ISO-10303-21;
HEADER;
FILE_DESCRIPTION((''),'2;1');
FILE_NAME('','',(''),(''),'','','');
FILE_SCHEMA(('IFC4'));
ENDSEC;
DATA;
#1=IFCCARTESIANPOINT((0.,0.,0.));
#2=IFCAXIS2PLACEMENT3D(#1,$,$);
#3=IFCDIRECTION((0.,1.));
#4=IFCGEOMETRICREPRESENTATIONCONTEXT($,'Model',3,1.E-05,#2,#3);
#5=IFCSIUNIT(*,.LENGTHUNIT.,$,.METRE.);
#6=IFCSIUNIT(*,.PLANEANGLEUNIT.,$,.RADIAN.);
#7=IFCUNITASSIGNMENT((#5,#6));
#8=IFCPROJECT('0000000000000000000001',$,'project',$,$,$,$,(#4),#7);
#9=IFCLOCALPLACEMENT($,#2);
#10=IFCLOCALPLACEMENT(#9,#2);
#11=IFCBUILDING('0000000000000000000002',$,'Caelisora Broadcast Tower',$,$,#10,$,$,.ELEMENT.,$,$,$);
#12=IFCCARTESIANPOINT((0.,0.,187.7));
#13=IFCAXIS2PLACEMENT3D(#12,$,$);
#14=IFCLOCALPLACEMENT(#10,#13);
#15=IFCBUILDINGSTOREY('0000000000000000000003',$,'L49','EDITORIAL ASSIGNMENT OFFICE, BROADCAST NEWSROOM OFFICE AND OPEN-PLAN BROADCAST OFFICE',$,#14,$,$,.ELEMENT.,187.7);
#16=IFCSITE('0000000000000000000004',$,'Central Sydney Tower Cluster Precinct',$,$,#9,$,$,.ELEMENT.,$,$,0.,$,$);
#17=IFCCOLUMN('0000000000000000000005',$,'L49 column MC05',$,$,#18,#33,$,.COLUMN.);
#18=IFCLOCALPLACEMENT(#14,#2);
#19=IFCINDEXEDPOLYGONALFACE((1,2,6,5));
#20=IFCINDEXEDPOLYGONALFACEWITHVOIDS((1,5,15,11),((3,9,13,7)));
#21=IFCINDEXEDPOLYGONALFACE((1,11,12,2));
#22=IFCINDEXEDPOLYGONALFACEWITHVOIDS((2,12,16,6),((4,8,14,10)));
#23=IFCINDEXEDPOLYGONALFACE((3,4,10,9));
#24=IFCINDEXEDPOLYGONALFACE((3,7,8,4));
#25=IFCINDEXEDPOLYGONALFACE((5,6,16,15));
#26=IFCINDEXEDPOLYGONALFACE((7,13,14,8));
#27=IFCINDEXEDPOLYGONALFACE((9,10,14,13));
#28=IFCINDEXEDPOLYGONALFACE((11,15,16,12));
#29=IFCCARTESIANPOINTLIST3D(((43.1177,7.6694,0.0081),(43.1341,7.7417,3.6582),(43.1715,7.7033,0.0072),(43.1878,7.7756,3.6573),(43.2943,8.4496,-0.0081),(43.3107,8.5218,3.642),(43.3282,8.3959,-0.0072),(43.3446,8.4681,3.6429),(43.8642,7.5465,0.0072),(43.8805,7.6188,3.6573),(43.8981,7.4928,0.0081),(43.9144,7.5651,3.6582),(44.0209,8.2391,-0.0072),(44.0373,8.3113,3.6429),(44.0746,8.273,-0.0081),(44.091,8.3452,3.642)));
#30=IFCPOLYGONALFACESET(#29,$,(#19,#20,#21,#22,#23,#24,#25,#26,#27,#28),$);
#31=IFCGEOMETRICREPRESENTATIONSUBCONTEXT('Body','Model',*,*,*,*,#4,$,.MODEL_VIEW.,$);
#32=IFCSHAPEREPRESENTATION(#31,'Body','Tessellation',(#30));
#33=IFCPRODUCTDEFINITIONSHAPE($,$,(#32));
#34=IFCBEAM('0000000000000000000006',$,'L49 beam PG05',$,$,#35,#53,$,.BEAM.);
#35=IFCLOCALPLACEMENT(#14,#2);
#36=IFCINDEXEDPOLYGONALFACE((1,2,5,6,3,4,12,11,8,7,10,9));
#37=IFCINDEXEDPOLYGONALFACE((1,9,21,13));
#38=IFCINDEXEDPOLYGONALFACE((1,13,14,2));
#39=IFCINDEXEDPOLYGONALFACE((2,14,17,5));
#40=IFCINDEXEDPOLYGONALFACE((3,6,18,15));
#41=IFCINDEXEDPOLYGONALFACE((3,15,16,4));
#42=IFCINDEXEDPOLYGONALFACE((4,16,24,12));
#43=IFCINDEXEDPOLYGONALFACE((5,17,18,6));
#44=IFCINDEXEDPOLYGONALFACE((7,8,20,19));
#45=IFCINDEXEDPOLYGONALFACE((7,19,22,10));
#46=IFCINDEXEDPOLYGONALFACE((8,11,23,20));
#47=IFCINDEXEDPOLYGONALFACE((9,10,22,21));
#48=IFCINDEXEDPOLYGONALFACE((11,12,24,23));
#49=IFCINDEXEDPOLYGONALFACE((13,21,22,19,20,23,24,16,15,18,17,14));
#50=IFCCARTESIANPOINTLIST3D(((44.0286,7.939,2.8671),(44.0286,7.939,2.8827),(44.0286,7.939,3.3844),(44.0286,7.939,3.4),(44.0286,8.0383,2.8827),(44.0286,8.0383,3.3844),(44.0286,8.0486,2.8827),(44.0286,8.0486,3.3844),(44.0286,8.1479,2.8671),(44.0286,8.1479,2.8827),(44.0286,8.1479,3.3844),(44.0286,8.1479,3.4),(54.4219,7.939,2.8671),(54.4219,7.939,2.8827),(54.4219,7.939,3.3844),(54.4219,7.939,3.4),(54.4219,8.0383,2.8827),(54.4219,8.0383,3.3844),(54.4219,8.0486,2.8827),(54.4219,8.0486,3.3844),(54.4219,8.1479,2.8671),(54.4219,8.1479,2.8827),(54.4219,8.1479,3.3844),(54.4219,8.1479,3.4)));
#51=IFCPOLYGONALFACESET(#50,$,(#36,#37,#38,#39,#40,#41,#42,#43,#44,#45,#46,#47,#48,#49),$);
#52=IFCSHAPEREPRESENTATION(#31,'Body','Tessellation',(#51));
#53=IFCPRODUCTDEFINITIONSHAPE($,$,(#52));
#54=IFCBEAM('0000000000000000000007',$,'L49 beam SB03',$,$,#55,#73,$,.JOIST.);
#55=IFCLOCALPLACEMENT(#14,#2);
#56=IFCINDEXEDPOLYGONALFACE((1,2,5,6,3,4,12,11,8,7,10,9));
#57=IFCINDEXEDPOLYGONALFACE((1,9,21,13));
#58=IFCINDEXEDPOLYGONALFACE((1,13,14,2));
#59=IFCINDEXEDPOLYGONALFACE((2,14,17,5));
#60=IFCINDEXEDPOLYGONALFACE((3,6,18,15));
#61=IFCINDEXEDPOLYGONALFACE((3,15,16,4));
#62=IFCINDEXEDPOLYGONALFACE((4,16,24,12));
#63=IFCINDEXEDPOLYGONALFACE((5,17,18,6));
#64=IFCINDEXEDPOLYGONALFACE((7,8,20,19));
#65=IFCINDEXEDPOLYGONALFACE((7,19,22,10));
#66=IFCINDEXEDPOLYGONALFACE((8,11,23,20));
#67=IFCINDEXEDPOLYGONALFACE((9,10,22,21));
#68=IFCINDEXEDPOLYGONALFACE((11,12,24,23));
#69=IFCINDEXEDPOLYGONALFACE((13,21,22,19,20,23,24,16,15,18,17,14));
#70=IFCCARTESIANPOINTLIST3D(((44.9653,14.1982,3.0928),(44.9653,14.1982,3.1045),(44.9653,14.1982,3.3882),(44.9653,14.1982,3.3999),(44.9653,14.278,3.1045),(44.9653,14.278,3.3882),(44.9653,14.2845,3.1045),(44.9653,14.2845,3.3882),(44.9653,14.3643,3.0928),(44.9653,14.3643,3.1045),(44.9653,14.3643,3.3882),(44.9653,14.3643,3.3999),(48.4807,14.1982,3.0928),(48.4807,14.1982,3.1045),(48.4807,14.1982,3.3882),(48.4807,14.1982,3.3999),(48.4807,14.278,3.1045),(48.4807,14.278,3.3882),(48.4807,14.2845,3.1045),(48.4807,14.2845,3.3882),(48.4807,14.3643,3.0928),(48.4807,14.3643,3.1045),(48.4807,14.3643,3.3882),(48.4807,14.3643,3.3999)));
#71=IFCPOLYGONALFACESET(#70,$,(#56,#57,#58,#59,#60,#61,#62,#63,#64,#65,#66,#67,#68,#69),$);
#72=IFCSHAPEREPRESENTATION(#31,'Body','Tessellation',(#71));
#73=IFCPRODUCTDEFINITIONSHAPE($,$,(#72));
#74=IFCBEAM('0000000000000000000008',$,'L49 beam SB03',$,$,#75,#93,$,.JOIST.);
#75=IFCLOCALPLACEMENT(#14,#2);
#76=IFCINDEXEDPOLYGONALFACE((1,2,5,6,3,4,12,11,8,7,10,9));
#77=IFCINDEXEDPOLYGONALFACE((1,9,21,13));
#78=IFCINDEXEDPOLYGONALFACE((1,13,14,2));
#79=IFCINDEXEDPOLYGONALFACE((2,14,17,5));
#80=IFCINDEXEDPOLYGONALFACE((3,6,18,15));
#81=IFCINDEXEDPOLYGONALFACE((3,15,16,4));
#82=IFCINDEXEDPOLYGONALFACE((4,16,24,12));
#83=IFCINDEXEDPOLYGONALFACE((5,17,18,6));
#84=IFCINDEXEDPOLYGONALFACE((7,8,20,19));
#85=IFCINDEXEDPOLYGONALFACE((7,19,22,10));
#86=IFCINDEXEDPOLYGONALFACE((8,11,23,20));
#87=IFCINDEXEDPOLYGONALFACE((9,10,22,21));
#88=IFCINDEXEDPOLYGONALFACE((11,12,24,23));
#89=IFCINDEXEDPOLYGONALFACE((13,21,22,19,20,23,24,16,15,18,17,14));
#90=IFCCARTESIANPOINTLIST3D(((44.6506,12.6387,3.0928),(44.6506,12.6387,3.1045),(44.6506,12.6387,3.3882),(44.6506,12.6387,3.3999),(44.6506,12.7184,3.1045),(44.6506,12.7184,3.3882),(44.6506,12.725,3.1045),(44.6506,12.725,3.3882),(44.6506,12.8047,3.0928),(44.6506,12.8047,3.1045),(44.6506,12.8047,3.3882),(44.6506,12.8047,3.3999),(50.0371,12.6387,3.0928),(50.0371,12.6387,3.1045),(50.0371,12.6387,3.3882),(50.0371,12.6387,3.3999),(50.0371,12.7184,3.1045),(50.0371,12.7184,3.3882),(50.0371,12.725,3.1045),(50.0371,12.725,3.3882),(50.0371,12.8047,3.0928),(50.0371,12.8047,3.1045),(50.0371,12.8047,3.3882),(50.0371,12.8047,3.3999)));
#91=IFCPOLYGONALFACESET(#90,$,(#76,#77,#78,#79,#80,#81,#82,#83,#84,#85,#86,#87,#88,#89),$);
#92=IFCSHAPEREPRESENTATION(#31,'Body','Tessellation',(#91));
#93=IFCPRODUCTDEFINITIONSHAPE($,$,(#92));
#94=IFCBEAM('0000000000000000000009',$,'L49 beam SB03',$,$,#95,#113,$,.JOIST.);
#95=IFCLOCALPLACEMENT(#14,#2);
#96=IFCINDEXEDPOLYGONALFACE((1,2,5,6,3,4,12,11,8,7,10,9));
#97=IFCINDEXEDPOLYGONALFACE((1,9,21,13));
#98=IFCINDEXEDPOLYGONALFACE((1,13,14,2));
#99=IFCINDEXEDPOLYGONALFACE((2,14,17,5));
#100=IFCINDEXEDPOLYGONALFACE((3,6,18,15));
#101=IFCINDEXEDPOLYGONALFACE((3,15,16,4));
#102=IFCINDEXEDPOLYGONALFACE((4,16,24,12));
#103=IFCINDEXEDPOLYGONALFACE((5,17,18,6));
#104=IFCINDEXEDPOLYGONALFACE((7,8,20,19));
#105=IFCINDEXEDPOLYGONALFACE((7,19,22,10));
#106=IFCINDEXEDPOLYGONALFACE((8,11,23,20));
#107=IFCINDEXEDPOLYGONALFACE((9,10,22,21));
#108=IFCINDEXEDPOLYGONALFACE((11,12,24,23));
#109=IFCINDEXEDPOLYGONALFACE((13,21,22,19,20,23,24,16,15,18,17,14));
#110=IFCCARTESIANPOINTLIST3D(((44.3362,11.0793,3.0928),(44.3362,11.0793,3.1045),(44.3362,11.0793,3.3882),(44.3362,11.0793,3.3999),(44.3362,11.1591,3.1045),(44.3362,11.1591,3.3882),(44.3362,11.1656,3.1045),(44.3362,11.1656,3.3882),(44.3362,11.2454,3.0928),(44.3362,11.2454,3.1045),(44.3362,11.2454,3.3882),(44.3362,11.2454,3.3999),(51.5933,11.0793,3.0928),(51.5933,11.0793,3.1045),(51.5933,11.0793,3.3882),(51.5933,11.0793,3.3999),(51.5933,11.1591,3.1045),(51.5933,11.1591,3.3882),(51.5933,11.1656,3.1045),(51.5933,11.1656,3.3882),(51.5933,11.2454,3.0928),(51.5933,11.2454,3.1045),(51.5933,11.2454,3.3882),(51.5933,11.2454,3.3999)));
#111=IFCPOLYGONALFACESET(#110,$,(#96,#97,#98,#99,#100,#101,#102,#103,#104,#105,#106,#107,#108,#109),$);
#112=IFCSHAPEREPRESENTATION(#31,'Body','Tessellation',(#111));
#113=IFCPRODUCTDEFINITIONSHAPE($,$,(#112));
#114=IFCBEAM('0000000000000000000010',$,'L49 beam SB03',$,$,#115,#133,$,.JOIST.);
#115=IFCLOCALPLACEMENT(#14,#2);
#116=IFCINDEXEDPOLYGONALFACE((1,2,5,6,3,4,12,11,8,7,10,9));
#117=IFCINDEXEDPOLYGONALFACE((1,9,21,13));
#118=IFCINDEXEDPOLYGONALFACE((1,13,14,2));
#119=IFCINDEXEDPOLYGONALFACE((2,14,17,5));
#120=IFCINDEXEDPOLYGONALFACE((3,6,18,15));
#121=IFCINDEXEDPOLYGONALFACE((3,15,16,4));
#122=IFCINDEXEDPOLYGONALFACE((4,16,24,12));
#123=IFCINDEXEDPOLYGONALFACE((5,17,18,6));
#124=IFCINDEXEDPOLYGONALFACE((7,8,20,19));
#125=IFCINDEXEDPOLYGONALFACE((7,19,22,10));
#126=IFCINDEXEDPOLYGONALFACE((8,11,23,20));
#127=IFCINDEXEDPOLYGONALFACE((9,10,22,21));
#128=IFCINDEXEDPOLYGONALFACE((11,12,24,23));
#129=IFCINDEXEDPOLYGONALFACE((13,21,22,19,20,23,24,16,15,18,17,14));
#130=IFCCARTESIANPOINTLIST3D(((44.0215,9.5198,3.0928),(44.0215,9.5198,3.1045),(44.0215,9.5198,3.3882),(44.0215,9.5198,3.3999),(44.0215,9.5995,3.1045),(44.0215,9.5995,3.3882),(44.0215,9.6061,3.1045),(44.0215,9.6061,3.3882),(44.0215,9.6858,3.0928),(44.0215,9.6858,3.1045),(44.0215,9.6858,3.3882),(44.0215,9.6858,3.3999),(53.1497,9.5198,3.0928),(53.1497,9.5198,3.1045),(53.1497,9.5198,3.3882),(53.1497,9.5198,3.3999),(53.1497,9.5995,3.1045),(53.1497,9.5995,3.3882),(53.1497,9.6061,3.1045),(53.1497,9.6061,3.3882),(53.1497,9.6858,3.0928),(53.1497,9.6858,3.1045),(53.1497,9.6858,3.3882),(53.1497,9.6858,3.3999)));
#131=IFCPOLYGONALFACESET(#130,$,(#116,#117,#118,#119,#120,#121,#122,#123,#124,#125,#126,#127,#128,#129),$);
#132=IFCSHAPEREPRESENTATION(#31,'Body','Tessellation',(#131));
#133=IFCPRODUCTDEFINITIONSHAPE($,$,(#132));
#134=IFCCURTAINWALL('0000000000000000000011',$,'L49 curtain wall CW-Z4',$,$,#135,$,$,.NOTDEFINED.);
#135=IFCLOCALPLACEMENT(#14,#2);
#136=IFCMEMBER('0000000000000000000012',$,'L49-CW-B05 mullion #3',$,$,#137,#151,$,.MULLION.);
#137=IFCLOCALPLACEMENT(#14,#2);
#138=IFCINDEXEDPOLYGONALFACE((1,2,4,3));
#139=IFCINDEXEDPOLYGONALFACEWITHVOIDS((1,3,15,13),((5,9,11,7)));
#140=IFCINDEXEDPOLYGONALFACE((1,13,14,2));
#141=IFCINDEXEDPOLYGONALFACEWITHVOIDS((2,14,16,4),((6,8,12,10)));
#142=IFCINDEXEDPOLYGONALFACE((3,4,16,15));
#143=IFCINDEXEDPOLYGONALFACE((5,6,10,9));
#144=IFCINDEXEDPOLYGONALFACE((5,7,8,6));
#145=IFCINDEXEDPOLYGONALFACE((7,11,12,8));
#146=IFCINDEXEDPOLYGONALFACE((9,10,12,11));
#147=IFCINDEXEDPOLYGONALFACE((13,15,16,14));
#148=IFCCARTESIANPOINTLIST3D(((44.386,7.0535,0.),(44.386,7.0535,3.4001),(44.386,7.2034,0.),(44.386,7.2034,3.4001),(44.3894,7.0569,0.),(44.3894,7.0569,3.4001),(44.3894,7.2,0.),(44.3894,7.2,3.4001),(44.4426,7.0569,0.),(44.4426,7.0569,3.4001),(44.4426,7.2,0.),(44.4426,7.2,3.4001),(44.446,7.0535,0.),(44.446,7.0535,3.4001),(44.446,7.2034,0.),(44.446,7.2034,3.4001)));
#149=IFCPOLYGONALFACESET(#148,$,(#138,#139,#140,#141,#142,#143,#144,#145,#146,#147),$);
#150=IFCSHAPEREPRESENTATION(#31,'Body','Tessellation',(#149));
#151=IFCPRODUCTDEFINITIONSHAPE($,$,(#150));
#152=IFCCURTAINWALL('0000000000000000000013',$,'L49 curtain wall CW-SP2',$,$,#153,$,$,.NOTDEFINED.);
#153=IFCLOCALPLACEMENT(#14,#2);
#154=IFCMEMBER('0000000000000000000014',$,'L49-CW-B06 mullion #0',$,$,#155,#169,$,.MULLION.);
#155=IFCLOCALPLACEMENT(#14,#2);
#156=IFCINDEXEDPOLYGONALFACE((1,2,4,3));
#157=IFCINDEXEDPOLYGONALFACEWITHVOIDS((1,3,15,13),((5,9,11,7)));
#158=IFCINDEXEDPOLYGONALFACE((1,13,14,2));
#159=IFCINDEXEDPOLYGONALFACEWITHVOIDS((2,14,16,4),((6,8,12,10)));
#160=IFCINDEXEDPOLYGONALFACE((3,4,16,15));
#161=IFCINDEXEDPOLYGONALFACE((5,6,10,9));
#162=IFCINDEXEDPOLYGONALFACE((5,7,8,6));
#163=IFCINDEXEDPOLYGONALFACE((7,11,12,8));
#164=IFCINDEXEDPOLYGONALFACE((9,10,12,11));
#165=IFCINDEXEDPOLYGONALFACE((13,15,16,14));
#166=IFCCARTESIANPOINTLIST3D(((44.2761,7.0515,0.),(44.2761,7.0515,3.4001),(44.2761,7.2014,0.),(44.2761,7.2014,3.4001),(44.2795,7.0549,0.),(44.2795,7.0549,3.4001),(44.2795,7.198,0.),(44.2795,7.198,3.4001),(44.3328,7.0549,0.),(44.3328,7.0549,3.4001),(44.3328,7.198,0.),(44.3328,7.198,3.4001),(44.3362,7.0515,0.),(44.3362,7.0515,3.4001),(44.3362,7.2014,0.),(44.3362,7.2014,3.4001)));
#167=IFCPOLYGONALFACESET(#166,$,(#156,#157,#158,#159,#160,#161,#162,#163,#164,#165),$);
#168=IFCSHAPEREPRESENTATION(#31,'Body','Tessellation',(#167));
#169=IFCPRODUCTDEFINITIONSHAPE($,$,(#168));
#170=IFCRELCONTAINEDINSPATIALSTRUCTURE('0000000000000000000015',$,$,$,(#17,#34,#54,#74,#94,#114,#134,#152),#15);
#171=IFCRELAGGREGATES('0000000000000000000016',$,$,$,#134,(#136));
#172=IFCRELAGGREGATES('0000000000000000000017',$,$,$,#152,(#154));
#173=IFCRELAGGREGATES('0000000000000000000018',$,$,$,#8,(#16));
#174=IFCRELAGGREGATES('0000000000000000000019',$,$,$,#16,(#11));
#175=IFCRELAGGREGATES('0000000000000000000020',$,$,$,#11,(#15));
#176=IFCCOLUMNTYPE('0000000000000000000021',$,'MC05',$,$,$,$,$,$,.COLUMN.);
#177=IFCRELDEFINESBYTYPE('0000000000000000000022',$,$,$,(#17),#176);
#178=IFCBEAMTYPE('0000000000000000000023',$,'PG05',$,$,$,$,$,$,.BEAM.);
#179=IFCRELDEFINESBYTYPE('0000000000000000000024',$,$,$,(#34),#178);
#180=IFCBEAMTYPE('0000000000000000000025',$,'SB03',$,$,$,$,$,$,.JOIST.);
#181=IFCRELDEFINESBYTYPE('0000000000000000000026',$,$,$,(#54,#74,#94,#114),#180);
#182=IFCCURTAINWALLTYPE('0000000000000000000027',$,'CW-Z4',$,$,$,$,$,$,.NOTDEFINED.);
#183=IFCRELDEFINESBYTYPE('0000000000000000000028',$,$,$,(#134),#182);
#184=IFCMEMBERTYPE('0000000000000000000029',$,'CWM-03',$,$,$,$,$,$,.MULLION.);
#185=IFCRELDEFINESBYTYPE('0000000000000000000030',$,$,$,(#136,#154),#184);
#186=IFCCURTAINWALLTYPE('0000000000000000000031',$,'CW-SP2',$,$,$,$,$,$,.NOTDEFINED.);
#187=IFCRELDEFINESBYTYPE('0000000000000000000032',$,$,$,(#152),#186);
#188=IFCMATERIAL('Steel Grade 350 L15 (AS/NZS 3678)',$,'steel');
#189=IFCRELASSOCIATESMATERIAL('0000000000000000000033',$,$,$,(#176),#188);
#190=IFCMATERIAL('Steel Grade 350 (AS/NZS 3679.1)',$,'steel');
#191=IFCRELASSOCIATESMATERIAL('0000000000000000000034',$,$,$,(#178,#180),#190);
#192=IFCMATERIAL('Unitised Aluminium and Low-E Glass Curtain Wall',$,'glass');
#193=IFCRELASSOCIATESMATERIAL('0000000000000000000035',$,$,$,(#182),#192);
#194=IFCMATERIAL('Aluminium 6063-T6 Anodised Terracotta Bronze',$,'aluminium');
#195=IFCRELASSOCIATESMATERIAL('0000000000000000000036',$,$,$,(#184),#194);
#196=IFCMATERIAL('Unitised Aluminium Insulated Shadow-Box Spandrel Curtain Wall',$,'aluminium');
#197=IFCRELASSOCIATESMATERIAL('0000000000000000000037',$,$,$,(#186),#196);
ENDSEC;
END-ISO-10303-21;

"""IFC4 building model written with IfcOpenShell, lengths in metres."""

from ifc_helpers import new_model, si_unit, direction, frame, origin, origin_2d, place, context, subcontext, project, spatial, hollow_rectangle, i_section, extrude, source, transform, mapped, material, material_profile, profile_set, type_object, type_shapes, element, aggregate, save


model = new_model("IFC4")

# Units and contexts
model_context = context("Model", 3, precision=1e-05, world=origin(), true_north=direction((0.0, 1.0)))
body_context = subcontext(model_context, "Body", "Model", "MODEL_VIEW")
ifc_project = project(units=[si_unit("LENGTHUNIT", "METRE"), si_unit("PLANEANGLEUNIT", "RADIAN")], contexts=[model_context])

# Site, building, storey
site_placement = place(None, origin())
site = spatial("IfcSite", under=ifc_project, at=site_placement, Name="Central Sydney Tower Cluster Precinct", CompositionType="ELEMENT", RefElevation=0.0)
building_placement = place(site_placement, origin())
building = spatial("IfcBuilding", under=site, at=building_placement, Name="Caelisora Broadcast Tower", CompositionType="ELEMENT")
storey_placement = place(building_placement, frame((0.0, 0.0, 187.7)))
storey = spatial("IfcBuildingStorey", under=building, at=storey_placement, Name="L49", Description="EDITORIAL ASSIGNMENT OFFICE, BROADCAST NEWSROOM OFFICE AND OPEN-PLAN BROADCAST OFFICE", CompositionType="ELEMENT", Elevation=187.7)

# Column
ifc_material_1 = material(Name="Steel Grade 350 L15 (AS/NZS 3678)", Category="steel")
ifc_material_profile_1 = material_profile(ifc_material_1, hollow_rectangle(XDim=0.8, YDim=0.8, WallThickness=0.0449, at=origin_2d()), Name="Steel Grade 350 L15 (AS/NZS 3678)")
ifc_profile_set_1 = profile_set([ifc_material_profile_1], Name="Steel Grade 350 L15 (AS/NZS 3678)")
column_type = type_object("IfcColumnType", Name="MC05", PredefinedType="COLUMN", material=ifc_profile_set_1)
shared_shape_1 = source(origin(), body_context, "Body", "SweptSolid", [
    extrude(hollow_rectangle(XDim=0.8, YDim=0.8, WallThickness=0.0449, at=origin_2d()), origin(), (0.0, 0.0, 1.0), 3.6509),
])
type_shapes(column_type, [shared_shape_1])
column_placement = place(storey_placement, frame((43.5962, 7.9712, 0.0), z_axis=(0.00448, 0.019794, 0.999794), x_axis=(-0.975327, 0.220767, 0.0)))
element("IfcColumn", 1, at=column_placement, inside=storey, type_object=column_type, Name="L49 column MC05", PredefinedType="COLUMN", context=body_context, shape_type="MappedRepresentation", body=[
    mapped(shared_shape_1, transform((0.0, 0.0, 0.0), scale=1.0)),
])

# Beams
ifc_material_2 = material(Name="Steel Grade 350 (AS/NZS 3679.1)", Category="steel")
ifc_material_profile_2 = material_profile(ifc_material_2, i_section(OverallWidth=0.209, OverallDepth=0.533, WebThickness=0.0103, FlangeThickness=0.0156, at=origin_2d()), Name="Steel Grade 350 (AS/NZS 3679.1)")
ifc_profile_set_2 = profile_set([ifc_material_profile_2], Name="Steel Grade 350 (AS/NZS 3679.1)")
beam_type_1 = type_object("IfcBeamType", Name="PG05", PredefinedType="BEAM", material=ifc_profile_set_2)
shared_shape_2 = source(origin(), body_context, "Body", "SweptSolid", [
    extrude(i_section(OverallWidth=0.209, OverallDepth=0.533, WebThickness=0.0103, FlangeThickness=0.0156, at=origin_2d()), origin(), (0.0, 0.0, 1.0), 10.3933),
])
type_shapes(beam_type_1, [shared_shape_2])
beam_1_placement = place(storey_placement, frame((44.0286, 8.0435, 3.1335), z_axis=(1.0, 0.0, 0.0), x_axis=(0.0, 1.0, 0.0)))
element("IfcBeam", 2, at=beam_1_placement, inside=storey, type_object=beam_type_1, Name="L49 beam PG05", PredefinedType="BEAM", context=body_context, shape_type="MappedRepresentation", body=[
    mapped(shared_shape_2, transform((0.0, 0.0, 0.0), scale=1.0)),
])
ifc_material_profile_3 = material_profile(ifc_material_2, i_section(OverallWidth=0.166, OverallDepth=0.3071, WebThickness=0.0066, FlangeThickness=0.0117, at=origin_2d()), Name="Steel Grade 350 (AS/NZS 3679.1)")
ifc_profile_set_3 = profile_set([ifc_material_profile_3], Name="Steel Grade 350 (AS/NZS 3679.1)")
beam_type_2 = type_object("IfcBeamType", Name="SB03", PredefinedType="JOIST", material=ifc_profile_set_3)
shared_shape_3 = source(origin(), body_context, "Body", "SweptSolid", [
    extrude(i_section(OverallWidth=0.166, OverallDepth=0.3071, WebThickness=0.0066, FlangeThickness=0.0117, at=origin_2d()), origin(), (0.0, 0.0, 1.0), 3.5154),
])
beam_2_placement = place(storey_placement, frame((44.9653, 14.2812, 3.2463), z_axis=(1.0, 0.0, 0.0), x_axis=(0.0, 1.0, 0.0)))
element("IfcBeam", 3, at=beam_2_placement, inside=storey, type_object=beam_type_2, Name="L49 beam SB03", PredefinedType="JOIST", context=body_context, shape_type="MappedRepresentation", body=[
    mapped(shared_shape_3, transform((0.0, 0.0, 0.0), scale=1.0)),
])
shared_shape_4 = source(origin(), body_context, "Body", "SweptSolid", [
    extrude(i_section(OverallWidth=0.166, OverallDepth=0.3071, WebThickness=0.0066, FlangeThickness=0.0117, at=origin_2d()), origin(), (0.0, 0.0, 1.0), 5.3865),
])
beam_3_placement = place(storey_placement, frame((44.6506, 12.7217, 3.2463), z_axis=(1.0, 0.0, 0.0), x_axis=(0.0, 1.0, 0.0)))
element("IfcBeam", 4, at=beam_3_placement, inside=storey, type_object=beam_type_2, Name="L49 beam SB03", PredefinedType="JOIST", context=body_context, shape_type="MappedRepresentation", body=[
    mapped(shared_shape_4, transform((0.0, 0.0, 0.0), scale=1.0)),
])
shared_shape_5 = source(origin(), body_context, "Body", "SweptSolid", [
    extrude(i_section(OverallWidth=0.166, OverallDepth=0.3071, WebThickness=0.0066, FlangeThickness=0.0117, at=origin_2d()), origin(), (0.0, 0.0, 1.0), 7.2571),
])
beam_4_placement = place(storey_placement, frame((44.3362, 11.1624, 3.2463), z_axis=(1.0, 0.0, 0.0), x_axis=(0.0, 1.0, 0.0)))
element("IfcBeam", 5, at=beam_4_placement, inside=storey, type_object=beam_type_2, Name="L49 beam SB03", PredefinedType="JOIST", context=body_context, shape_type="MappedRepresentation", body=[
    mapped(shared_shape_5, transform((0.0, 0.0, 0.0), scale=1.0)),
])
shared_shape_6 = source(origin(), body_context, "Body", "SweptSolid", [
    extrude(i_section(OverallWidth=0.166, OverallDepth=0.3071, WebThickness=0.0066, FlangeThickness=0.0117, at=origin_2d()), origin(), (0.0, 0.0, 1.0), 9.1282),
])
type_shapes(beam_type_2, [shared_shape_3, shared_shape_4, shared_shape_5, shared_shape_6])
beam_5_placement = place(storey_placement, frame((44.0215, 9.6028, 3.2463), z_axis=(1.0, 0.0, 0.0), x_axis=(0.0, 1.0, 0.0)))
element("IfcBeam", 6, at=beam_5_placement, inside=storey, type_object=beam_type_2, Name="L49 beam SB03", PredefinedType="JOIST", context=body_context, shape_type="MappedRepresentation", body=[
    mapped(shared_shape_6, transform((0.0, 0.0, 0.0), scale=1.0)),
])

# Curtain wall, member
ifc_material_3 = material(Name="Unitised Aluminium and Low-E Glass Curtain Wall", Category="glass")
curtain_wall_type_1 = type_object("IfcCurtainWallType", Name="CW-Z4", PredefinedType="NOTDEFINED", material=ifc_material_3)
curtain_wall_1_placement = place(storey_placement, origin())
curtain_wall_1 = element("IfcCurtainWall", 7, at=curtain_wall_1_placement, inside=storey, type_object=curtain_wall_type_1, Name="L49 curtain wall CW-Z4", PredefinedType="NOTDEFINED")
ifc_material_4 = material(Name="Aluminium 6063-T6 Anodised Terracotta Bronze", Category="aluminium")
ifc_material_profile_4 = material_profile(ifc_material_4, hollow_rectangle(XDim=0.0601, YDim=0.1499, WallThickness=0.0034, at=origin_2d()), Name="Aluminium 6063-T6 Anodised Terracotta Bronze")
ifc_profile_set_4 = profile_set([ifc_material_profile_4], Name="Aluminium 6063-T6 Anodised Terracotta Bronze")
member_type_1 = type_object("IfcMemberType", Name="CWM-03", PredefinedType="MULLION", material=ifc_profile_set_4)
shared_shape_7 = source(origin(), body_context, "Body", "SweptSolid", [
    extrude(hollow_rectangle(XDim=0.0601, YDim=0.1499, WallThickness=0.0034, at=origin_2d()), origin(), (0.0, 0.0, 1.0), 3.4001),
])
type_shapes(member_type_1, [shared_shape_7])
member_1_placement = place(storey_placement, frame((44.416, 7.1284, 0.0), z_axis=(0.0, 0.0, 1.0), x_axis=(1.0, 0.0, 0.0)))
member_1 = element("IfcMember", 8, at=member_1_placement, type_object=member_type_1, Name="L49-CW-B05 mullion #3", PredefinedType="MULLION", context=body_context, shape_type="MappedRepresentation", body=[
    mapped(shared_shape_7, transform((0.0, 0.0, 0.0), scale=1.0)),
])
aggregate(curtain_wall_1, [member_1])

# Curtain wall, member
ifc_material_5 = material(Name="Unitised Aluminium Insulated Shadow-Box Spandrel Curtain Wall", Category="aluminium")
curtain_wall_type_2 = type_object("IfcCurtainWallType", Name="CW-SP2", PredefinedType="NOTDEFINED", material=ifc_material_5)
curtain_wall_2_placement = place(storey_placement, origin())
curtain_wall_2 = element("IfcCurtainWall", 9, at=curtain_wall_2_placement, inside=storey, type_object=curtain_wall_type_2, Name="L49 curtain wall CW-SP2", PredefinedType="NOTDEFINED")
member_2_placement = place(storey_placement, frame((44.3062, 7.1265, 0.0), z_axis=(0.0, 0.0, 1.0), x_axis=(1.0, 0.0, 0.0)))
member_2 = element("IfcMember", 10, at=member_2_placement, type_object=member_type_1, Name="L49-CW-B06 mullion #0", PredefinedType="MULLION", context=body_context, shape_type="MappedRepresentation", body=[
    mapped(shared_shape_7, transform((0.0, 0.0, 0.0), scale=1.0)),
])

aggregate(curtain_wall_2, [member_2])

save(model, "model.ifc")
